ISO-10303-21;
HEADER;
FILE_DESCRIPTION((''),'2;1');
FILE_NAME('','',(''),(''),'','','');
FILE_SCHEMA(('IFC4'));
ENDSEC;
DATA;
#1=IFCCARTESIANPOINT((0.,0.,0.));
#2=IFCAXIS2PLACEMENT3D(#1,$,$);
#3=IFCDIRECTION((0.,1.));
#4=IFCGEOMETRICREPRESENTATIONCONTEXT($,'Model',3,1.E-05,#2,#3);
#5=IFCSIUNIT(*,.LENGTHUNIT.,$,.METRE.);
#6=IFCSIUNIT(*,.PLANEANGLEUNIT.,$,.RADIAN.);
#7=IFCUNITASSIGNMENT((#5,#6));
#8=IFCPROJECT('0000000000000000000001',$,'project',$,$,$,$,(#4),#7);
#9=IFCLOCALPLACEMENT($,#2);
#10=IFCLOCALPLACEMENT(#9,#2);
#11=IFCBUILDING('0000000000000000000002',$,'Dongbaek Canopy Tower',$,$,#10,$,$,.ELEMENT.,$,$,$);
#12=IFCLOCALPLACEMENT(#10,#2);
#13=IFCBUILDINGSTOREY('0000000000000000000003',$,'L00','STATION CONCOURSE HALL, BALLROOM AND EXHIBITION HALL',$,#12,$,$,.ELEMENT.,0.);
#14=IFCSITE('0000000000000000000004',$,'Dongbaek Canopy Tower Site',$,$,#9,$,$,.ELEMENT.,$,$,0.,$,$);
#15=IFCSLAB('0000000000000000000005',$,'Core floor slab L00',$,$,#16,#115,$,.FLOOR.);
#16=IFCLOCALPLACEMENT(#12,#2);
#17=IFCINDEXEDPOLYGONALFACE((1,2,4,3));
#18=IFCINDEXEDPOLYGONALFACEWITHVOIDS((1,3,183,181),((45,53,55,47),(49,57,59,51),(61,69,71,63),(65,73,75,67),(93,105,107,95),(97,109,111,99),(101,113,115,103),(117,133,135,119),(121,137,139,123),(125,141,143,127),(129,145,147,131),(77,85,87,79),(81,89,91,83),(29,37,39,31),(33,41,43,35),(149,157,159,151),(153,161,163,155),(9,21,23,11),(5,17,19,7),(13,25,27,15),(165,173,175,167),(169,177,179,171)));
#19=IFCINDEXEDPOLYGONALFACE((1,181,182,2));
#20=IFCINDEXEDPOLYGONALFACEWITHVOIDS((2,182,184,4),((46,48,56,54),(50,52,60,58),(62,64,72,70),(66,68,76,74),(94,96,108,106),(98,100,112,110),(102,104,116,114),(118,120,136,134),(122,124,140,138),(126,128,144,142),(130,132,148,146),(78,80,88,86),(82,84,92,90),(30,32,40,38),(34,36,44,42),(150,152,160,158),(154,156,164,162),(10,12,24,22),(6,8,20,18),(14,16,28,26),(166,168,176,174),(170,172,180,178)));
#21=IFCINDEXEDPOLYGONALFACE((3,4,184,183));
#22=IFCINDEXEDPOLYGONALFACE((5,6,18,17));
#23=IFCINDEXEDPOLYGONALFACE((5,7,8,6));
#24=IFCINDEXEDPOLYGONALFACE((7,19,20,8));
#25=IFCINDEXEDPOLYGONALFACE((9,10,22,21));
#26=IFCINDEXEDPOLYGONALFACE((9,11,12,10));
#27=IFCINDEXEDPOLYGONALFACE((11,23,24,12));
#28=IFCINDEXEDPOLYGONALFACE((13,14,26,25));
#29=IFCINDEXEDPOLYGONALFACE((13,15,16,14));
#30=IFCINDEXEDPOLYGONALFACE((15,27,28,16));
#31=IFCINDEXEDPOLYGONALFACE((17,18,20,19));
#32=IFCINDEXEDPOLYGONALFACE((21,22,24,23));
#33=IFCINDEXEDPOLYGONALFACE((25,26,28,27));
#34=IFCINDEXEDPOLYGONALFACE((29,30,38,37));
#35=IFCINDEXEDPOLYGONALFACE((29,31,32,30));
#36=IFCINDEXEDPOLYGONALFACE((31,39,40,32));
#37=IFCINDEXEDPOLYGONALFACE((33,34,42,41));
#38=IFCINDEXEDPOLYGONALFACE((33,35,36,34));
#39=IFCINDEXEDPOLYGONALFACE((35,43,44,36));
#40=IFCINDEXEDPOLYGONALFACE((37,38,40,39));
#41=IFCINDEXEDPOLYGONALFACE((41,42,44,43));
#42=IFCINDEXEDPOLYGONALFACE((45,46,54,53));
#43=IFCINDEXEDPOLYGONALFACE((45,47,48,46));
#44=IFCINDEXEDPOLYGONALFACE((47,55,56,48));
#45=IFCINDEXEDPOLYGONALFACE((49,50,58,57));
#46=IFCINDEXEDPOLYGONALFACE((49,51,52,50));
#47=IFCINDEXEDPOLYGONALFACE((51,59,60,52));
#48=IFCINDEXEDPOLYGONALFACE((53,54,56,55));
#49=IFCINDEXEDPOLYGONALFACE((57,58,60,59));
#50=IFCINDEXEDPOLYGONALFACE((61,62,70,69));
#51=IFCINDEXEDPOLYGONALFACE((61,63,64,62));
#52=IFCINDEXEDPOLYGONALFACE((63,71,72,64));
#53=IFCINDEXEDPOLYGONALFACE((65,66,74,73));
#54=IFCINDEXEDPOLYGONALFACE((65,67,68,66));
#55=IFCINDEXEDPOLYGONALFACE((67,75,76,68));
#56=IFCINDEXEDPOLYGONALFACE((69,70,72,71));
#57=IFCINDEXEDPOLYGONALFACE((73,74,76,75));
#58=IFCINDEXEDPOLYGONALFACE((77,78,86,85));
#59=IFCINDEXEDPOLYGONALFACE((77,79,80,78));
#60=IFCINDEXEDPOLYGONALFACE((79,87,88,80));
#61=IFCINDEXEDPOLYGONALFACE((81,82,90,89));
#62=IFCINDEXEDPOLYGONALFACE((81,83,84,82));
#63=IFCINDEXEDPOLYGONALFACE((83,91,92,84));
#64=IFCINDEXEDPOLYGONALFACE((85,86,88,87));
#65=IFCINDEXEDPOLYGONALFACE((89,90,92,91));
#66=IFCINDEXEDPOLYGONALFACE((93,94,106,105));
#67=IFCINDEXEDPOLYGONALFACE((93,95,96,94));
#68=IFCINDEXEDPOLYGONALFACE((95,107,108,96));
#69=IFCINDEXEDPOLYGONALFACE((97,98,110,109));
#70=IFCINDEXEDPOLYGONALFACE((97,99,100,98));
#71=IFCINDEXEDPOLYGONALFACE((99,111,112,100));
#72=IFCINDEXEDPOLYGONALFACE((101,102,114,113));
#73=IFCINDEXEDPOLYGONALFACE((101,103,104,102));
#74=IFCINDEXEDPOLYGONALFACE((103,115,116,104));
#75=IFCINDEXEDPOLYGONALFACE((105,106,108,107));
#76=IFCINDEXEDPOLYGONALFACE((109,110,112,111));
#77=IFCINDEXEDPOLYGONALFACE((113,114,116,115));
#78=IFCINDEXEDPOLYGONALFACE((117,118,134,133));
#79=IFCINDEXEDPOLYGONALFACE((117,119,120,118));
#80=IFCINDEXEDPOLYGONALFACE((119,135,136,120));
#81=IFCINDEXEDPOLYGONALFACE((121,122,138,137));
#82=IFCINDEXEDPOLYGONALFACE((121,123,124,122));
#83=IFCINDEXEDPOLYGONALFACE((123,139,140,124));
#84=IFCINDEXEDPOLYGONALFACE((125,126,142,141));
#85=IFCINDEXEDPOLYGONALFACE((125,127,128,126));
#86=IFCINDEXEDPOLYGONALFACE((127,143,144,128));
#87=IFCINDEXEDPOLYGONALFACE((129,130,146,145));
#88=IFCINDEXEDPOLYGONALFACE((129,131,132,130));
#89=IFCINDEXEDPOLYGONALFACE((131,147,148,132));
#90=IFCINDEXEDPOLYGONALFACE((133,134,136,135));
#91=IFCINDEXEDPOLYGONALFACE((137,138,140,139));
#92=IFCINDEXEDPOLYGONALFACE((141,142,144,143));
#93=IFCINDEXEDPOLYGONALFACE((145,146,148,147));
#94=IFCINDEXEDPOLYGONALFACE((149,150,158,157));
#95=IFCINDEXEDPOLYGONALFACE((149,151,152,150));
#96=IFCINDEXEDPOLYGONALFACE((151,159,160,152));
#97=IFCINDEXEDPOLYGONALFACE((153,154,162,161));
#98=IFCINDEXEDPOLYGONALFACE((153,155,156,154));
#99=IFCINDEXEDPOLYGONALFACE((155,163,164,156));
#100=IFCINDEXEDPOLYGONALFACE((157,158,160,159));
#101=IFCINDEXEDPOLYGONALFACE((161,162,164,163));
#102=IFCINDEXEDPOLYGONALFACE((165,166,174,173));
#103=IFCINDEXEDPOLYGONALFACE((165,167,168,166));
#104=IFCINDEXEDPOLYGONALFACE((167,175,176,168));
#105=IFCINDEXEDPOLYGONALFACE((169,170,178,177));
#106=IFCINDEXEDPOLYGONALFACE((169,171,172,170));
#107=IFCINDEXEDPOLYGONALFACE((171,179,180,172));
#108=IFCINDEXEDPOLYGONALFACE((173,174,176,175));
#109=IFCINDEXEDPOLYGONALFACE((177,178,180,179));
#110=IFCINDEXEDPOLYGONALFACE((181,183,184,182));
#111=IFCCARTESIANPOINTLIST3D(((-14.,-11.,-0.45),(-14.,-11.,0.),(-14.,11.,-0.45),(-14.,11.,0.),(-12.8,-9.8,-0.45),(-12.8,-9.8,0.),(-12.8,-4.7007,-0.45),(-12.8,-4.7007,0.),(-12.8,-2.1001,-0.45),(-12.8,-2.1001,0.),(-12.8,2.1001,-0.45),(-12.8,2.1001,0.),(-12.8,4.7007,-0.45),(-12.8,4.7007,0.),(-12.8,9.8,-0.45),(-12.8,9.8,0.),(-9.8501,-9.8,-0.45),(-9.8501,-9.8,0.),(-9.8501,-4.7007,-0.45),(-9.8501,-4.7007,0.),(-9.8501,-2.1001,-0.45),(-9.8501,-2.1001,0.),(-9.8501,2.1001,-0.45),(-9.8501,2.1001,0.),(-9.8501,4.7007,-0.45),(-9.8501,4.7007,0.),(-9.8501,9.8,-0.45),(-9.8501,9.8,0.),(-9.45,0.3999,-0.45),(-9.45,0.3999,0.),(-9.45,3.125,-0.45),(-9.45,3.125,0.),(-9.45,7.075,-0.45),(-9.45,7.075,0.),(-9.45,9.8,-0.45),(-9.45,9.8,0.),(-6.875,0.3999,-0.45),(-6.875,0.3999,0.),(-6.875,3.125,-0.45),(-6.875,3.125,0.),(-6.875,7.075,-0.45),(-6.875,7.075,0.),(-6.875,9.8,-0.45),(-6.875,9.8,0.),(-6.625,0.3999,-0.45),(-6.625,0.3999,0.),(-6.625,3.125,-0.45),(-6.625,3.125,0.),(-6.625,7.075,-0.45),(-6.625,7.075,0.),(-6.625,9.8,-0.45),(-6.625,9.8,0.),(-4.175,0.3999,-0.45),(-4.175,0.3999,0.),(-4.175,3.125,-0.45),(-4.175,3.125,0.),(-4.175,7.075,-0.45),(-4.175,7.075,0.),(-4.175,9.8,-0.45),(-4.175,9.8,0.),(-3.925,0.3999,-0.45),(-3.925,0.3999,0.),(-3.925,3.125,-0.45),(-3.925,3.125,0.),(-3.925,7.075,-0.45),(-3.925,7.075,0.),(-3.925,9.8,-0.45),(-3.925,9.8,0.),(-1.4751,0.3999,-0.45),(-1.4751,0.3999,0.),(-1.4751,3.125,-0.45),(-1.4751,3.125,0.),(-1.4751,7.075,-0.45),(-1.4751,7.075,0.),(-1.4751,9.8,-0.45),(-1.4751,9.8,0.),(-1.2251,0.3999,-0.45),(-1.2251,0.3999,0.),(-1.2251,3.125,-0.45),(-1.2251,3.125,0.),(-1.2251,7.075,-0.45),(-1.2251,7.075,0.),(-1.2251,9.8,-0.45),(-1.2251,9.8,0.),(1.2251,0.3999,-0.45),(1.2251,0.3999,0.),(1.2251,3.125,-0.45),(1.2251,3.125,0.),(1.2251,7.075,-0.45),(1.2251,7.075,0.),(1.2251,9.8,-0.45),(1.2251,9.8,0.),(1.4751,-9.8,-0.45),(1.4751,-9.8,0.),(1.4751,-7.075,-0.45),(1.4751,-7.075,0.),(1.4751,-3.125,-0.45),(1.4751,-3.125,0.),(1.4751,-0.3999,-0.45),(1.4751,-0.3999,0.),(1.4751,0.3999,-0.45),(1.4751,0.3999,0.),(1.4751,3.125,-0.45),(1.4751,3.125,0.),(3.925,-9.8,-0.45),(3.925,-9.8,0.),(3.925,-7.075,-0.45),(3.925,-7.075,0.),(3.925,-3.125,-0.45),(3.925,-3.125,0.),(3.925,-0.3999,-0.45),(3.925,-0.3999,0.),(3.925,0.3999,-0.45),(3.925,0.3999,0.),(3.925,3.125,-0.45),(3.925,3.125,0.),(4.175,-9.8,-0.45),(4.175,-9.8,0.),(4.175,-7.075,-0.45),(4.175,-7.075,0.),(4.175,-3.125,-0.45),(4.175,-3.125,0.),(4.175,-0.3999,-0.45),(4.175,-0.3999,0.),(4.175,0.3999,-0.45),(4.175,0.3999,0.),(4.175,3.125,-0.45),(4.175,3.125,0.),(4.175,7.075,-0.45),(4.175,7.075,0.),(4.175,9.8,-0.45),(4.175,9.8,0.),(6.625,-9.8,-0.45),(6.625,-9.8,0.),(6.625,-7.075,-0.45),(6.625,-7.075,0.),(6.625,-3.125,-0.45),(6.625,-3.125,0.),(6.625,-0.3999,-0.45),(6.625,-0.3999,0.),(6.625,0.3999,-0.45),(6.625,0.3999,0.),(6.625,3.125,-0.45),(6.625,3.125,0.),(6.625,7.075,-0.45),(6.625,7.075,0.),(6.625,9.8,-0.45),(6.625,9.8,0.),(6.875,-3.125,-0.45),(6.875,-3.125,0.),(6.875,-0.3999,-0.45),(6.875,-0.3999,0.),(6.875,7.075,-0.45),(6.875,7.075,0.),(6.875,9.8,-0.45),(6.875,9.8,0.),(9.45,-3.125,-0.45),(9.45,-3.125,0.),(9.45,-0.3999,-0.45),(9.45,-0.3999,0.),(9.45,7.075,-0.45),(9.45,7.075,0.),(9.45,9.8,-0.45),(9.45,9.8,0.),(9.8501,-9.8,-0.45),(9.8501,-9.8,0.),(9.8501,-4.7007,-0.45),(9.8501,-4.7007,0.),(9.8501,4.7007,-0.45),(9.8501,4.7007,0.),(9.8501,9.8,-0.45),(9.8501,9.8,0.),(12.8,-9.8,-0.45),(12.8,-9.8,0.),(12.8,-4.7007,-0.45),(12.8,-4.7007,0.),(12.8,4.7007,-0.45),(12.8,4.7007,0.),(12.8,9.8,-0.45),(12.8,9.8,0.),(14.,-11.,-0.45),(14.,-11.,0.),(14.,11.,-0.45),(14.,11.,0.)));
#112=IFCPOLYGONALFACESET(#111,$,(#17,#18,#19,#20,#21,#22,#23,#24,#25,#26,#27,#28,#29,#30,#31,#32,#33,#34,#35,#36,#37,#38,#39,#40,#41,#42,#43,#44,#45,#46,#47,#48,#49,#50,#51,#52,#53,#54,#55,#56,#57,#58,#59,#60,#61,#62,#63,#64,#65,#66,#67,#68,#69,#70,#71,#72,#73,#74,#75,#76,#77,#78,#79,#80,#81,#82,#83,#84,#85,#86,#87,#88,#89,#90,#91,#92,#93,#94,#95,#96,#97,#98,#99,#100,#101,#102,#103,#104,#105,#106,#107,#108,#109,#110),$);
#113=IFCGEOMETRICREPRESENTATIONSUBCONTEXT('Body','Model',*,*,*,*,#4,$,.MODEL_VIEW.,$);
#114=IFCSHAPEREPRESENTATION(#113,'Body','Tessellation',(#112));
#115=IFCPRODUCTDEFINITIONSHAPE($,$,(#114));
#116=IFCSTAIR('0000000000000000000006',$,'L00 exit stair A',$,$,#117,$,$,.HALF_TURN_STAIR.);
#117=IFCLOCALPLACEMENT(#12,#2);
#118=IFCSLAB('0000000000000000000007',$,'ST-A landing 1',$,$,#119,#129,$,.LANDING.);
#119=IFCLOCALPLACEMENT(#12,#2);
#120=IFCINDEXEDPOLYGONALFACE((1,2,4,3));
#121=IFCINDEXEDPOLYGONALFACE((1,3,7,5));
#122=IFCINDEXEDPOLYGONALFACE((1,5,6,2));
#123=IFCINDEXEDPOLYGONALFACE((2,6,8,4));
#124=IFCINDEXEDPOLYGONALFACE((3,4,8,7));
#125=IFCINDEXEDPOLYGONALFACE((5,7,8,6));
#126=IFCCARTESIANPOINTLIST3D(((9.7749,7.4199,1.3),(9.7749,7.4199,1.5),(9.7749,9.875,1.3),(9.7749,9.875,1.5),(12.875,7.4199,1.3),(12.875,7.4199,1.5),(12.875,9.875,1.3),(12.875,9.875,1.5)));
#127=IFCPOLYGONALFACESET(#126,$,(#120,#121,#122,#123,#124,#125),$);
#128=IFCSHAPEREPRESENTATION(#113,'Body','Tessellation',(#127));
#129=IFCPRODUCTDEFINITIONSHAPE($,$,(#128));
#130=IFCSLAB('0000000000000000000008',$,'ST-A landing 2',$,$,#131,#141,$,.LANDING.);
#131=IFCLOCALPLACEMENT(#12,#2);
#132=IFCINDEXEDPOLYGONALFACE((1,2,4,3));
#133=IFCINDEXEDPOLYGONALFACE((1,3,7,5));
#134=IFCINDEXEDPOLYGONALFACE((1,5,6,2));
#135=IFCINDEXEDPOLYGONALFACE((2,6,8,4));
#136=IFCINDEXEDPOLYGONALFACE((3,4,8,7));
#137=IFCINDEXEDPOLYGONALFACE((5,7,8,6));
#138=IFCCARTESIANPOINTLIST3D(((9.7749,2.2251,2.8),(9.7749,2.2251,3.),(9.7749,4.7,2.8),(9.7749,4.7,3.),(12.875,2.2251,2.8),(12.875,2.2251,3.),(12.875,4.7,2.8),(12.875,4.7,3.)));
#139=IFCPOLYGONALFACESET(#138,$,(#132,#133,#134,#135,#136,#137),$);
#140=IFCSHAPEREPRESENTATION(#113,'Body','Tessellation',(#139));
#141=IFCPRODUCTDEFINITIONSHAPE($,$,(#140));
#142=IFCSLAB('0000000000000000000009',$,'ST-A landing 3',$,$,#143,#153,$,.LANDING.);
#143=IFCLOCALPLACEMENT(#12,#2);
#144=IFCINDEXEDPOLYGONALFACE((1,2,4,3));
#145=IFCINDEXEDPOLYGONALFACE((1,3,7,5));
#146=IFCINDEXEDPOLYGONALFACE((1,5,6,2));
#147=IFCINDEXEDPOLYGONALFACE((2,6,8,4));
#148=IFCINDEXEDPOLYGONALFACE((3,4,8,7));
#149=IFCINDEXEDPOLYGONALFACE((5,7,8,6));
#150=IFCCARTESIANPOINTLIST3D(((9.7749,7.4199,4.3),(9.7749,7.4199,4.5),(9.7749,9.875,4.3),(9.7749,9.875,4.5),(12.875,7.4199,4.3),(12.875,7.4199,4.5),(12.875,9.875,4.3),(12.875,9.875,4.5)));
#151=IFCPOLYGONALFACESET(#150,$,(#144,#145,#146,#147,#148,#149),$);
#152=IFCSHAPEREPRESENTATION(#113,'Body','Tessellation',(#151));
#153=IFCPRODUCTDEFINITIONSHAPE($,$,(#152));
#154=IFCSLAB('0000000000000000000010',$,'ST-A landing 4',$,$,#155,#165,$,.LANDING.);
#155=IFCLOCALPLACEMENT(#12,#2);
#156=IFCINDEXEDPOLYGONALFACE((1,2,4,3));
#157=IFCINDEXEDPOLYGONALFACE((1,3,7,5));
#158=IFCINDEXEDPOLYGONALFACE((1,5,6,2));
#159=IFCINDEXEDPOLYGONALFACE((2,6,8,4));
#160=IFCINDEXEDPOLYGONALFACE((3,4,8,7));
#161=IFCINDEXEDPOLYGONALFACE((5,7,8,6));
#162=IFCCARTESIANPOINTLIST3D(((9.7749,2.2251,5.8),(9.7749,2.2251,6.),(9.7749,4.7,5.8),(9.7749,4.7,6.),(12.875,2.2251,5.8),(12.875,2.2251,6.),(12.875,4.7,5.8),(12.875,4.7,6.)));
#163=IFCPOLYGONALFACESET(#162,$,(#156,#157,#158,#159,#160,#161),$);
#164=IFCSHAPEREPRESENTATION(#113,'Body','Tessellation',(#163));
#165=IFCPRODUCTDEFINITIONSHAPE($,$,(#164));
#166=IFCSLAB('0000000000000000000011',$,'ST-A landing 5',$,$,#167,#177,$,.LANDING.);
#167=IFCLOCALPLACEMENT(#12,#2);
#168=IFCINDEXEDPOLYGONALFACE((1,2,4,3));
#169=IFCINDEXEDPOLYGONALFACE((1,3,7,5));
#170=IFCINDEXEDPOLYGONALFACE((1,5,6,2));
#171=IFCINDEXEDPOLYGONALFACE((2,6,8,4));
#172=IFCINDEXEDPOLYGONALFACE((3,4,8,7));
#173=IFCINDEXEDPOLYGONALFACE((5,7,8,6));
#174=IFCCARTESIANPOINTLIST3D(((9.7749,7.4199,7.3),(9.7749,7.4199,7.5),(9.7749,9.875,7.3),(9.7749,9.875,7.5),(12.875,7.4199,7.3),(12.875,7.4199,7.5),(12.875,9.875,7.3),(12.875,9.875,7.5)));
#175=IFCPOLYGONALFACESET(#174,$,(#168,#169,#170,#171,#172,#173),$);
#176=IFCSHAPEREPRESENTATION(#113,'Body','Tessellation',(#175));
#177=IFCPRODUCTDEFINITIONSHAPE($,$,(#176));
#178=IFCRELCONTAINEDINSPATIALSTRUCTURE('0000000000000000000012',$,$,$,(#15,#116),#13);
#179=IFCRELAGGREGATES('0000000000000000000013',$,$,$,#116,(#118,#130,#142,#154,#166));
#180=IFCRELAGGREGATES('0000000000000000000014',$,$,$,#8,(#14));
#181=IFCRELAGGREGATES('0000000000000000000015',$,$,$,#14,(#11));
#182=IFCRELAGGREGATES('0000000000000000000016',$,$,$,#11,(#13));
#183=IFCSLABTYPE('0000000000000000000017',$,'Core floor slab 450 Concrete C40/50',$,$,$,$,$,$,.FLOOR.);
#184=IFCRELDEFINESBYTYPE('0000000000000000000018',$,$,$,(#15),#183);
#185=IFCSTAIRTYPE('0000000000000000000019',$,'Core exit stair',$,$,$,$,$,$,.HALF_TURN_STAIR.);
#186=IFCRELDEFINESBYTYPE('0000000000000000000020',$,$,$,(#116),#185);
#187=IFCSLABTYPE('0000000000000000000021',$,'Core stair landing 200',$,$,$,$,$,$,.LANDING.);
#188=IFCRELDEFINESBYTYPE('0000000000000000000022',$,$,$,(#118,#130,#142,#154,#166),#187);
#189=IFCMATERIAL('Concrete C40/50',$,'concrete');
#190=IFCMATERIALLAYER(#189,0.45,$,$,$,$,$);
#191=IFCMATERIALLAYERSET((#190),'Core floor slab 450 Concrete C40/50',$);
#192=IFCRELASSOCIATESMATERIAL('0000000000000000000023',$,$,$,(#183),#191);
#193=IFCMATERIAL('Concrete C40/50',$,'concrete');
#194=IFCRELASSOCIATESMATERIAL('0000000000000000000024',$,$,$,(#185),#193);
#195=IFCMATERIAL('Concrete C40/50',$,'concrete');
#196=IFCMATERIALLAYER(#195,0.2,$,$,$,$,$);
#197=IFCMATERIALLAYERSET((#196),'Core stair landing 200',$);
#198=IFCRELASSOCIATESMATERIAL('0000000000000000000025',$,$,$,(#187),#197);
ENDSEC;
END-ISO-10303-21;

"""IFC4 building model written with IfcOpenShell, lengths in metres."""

from ifc_helpers import new_model, si_unit, direction, frame, origin, place, context, subcontext, project, spatial, polyline, outline, extrude, material, layer, layer_set, type_object, element, aggregate, save


model = new_model("IFC4")

# Units and contexts
model_context = context("Model", 3, precision=1e-05, world=origin(), true_north=direction((0.0, 1.0)))
body_context = subcontext(model_context, "Body", "Model", "MODEL_VIEW")
ifc_project = project(units=[si_unit("LENGTHUNIT", "METRE"), si_unit("PLANEANGLEUNIT", "RADIAN")], contexts=[model_context])

# Site, building, storey
site_placement = place(None, origin())
site = spatial("IfcSite", under=ifc_project, at=site_placement, Name="Dongbaek Canopy Tower Site", CompositionType="ELEMENT", RefElevation=0.0)
building_placement = place(site_placement, origin())
building = spatial("IfcBuilding", under=site, at=building_placement, Name="Dongbaek Canopy Tower", CompositionType="ELEMENT")
storey_placement = place(building_placement, origin())
storey = spatial("IfcBuildingStorey", under=building, at=storey_placement, Name="L00", Description="STATION CONCOURSE HALL, BALLROOM AND EXHIBITION HALL", CompositionType="ELEMENT", Elevation=0.0)

# Slab
ifc_material_1 = material(Name="Concrete C40/50", Category="concrete")
ifc_layer_1 = layer(ifc_material_1, 0.45)
ifc_layer_set_1 = layer_set([ifc_layer_1], Name="Core floor slab 450 Concrete C40/50")
slab_type_1 = type_object("IfcSlabType", Name="Core floor slab 450 Concrete C40/50", PredefinedType="FLOOR", material=ifc_layer_set_1)
slab_1_placement = place(storey_placement, frame((0.0, 0.0, -0.45)))
element("IfcSlab", 1, at=slab_1_placement, inside=storey, type_object=slab_type_1, Name="Core floor slab L00", PredefinedType="FLOOR", context=body_context, shape_type="SweptSolid", body=[
    extrude(outline(polyline([(14.0, -11.0), (14.0, 11.0), (-14.0, 11.0), (-14.0, -11.0), (14.0, -11.0)]), holes=[polyline([(-12.8, 2.1001), (-9.8501, 2.1001), (-9.8501, -2.1001), (-12.8, -2.1001), (-12.8, 2.1001)]), polyline([(-6.875, 9.8), (-6.875, 7.075), (-9.45, 7.075), (-9.45, 9.8), (-6.875, 9.8)]), polyline([(-4.175, 9.8), (-4.175, 7.075), (-6.625, 7.075), (-6.625, 9.8), (-4.175, 9.8)]), polyline([(-1.4751, 9.8), (-1.4751, 7.075), (-3.925, 7.075), (-3.925, 9.8), (-1.4751, 9.8)]), polyline([(1.2251, 9.8), (1.2251, 7.075), (-1.2251, 7.075), (-1.2251, 9.8), (1.2251, 9.8)]), polyline([(6.625, 9.8), (6.625, 7.075), (4.175, 7.075), (4.175, 9.8), (6.625, 9.8)]), polyline([(9.45, 7.075), (6.875, 7.075), (6.875, 9.8), (9.45, 9.8), (9.45, 7.075)]), polyline([(-9.45, 3.125), (-6.875, 3.125), (-6.875, 0.3999), (-9.45, 0.3999), (-9.45, 3.125)]), polyline([(-6.625, 3.125), (-4.175, 3.125), (-4.175, 0.3999), (-6.625, 0.3999), (-6.625, 3.125)]), polyline([(-3.925, 3.125), (-1.4751, 3.125), (-1.4751, 0.3999), (-3.925, 0.3999), (-3.925, 3.125)]), polyline([(-1.2251, 3.125), (1.2251, 3.125), (1.2251, 0.3999), (-1.2251, 0.3999), (-1.2251, 3.125)]), polyline([(1.4751, 0.3999), (1.4751, 3.125), (3.925, 3.125), (3.925, 0.3999), (1.4751, 0.3999)]), polyline([(4.175, 0.3999), (4.175, 3.125), (6.625, 3.125), (6.625, 0.3999), (4.175, 0.3999)]), polyline([(3.925, -0.3999), (3.925, -3.125), (1.4751, -3.125), (1.4751, -0.3999), (3.925, -0.3999)]), polyline([(6.625, -0.3999), (6.625, -3.125), (4.175, -3.125), (4.175, -0.3999), (6.625, -0.3999)]), polyline([(9.45, -3.125), (6.875, -3.125), (6.875, -0.3999), (9.45, -0.3999), (9.45, -3.125)]), polyline([(1.4751, -9.8), (1.4751, -7.075), (3.925, -7.075), (3.925, -9.8), (1.4751, -9.8)]), polyline([(4.175, -9.8), (4.175, -7.075), (6.625, -7.075), (6.625, -9.8), (4.175, -9.8)]), polyline([(12.8, 4.7007), (12.8, 9.8), (9.8501, 9.8), (9.8501, 4.7007), (12.8, 4.7007)]), polyline([(-9.8501, 4.7007), (-9.8501, 9.8), (-12.8, 9.8), (-12.8, 4.7007), (-9.8501, 4.7007)]), polyline([(9.8501, -4.7007), (9.8501, -9.8), (12.8, -9.8), (12.8, -4.7007), (9.8501, -4.7007)]), polyline([(-12.8, -4.7007), (-12.8, -9.8), (-9.8501, -9.8), (-9.8501, -4.7007), (-12.8, -4.7007)])]), origin(), (0.0, 0.0, 1.0), 0.45),
])

# Stair, slabs
ifc_material_2 = material(Name="Concrete C40/50", Category="concrete")
stair_type = type_object("IfcStairType", Name="Core exit stair", PredefinedType="HALF_TURN_STAIR", material=ifc_material_2)
stair_1_placement = place(storey_placement, origin())
stair_1 = element("IfcStair", 2, at=stair_1_placement, inside=storey, type_object=stair_type, Name="L00 exit stair A", PredefinedType="HALF_TURN_STAIR")
ifc_material_3 = material(Name="Concrete C40/50", Category="concrete")
ifc_layer_2 = layer(ifc_material_3, 0.2)
ifc_layer_set_2 = layer_set([ifc_layer_2], Name="Core stair landing 200")
slab_type_2 = type_object("IfcSlabType", Name="Core stair landing 200", PredefinedType="LANDING", material=ifc_layer_set_2)
slab_2_placement = place(storey_placement, frame((0.0, 0.0, 1.3)))
slab_2 = element("IfcSlab", 3, at=slab_2_placement, type_object=slab_type_2, Name="ST-A landing 1", PredefinedType="LANDING", context=body_context, shape_type="SweptSolid", body=[
    extrude(outline(polyline([(12.875, 7.4199), (12.875, 9.875), (9.7749, 9.875), (9.7749, 7.4199), (12.875, 7.4199)])), origin(), (0.0, 0.0, 1.0), 0.2),
])
slab_3_placement = place(storey_placement, frame((0.0, 0.0, 2.8)))
slab_3 = element("IfcSlab", 4, at=slab_3_placement, type_object=slab_type_2, Name="ST-A landing 2", PredefinedType="LANDING", context=body_context, shape_type="SweptSolid", body=[
    extrude(outline(polyline([(12.875, 2.2251), (12.875, 4.7), (9.7749, 4.7), (9.7749, 2.2251), (12.875, 2.2251)])), origin(), (0.0, 0.0, 1.0), 0.2),
])
slab_4_placement = place(storey_placement, frame((0.0, 0.0, 4.3)))
slab_4 = element("IfcSlab", 5, at=slab_4_placement, type_object=slab_type_2, Name="ST-A landing 3", PredefinedType="LANDING", context=body_context, shape_type="SweptSolid", body=[
    extrude(outline(polyline([(12.875, 7.4199), (12.875, 9.875), (9.7749, 9.875), (9.7749, 7.4199), (12.875, 7.4199)])), origin(), (0.0, 0.0, 1.0), 0.2),
])
slab_5_placement = place(storey_placement, frame((0.0, 0.0, 5.8)))
slab_5 = element("IfcSlab", 6, at=slab_5_placement, type_object=slab_type_2, Name="ST-A landing 4", PredefinedType="LANDING", context=body_context, shape_type="SweptSolid", body=[
    extrude(outline(polyline([(12.875, 2.2251), (12.875, 4.7), (9.7749, 4.7), (9.7749, 2.2251), (12.875, 2.2251)])), origin(), (0.0, 0.0, 1.0), 0.2),
])
slab_6_placement = place(storey_placement, frame((0.0, 0.0, 7.3)))
slab_6 = element("IfcSlab", 7, at=slab_6_placement, type_object=slab_type_2, Name="ST-A landing 5", PredefinedType="LANDING", context=body_context, shape_type="SweptSolid", body=[
    extrude(outline(polyline([(12.875, 7.4199), (12.875, 9.875), (9.7749, 9.875), (9.7749, 7.4199), (12.875, 7.4199)])), origin(), (0.0, 0.0, 1.0), 0.2),
])
aggregate(stair_1, [slab_2, slab_3, slab_4, slab_5, slab_6])

save(model, "model.ifc")
